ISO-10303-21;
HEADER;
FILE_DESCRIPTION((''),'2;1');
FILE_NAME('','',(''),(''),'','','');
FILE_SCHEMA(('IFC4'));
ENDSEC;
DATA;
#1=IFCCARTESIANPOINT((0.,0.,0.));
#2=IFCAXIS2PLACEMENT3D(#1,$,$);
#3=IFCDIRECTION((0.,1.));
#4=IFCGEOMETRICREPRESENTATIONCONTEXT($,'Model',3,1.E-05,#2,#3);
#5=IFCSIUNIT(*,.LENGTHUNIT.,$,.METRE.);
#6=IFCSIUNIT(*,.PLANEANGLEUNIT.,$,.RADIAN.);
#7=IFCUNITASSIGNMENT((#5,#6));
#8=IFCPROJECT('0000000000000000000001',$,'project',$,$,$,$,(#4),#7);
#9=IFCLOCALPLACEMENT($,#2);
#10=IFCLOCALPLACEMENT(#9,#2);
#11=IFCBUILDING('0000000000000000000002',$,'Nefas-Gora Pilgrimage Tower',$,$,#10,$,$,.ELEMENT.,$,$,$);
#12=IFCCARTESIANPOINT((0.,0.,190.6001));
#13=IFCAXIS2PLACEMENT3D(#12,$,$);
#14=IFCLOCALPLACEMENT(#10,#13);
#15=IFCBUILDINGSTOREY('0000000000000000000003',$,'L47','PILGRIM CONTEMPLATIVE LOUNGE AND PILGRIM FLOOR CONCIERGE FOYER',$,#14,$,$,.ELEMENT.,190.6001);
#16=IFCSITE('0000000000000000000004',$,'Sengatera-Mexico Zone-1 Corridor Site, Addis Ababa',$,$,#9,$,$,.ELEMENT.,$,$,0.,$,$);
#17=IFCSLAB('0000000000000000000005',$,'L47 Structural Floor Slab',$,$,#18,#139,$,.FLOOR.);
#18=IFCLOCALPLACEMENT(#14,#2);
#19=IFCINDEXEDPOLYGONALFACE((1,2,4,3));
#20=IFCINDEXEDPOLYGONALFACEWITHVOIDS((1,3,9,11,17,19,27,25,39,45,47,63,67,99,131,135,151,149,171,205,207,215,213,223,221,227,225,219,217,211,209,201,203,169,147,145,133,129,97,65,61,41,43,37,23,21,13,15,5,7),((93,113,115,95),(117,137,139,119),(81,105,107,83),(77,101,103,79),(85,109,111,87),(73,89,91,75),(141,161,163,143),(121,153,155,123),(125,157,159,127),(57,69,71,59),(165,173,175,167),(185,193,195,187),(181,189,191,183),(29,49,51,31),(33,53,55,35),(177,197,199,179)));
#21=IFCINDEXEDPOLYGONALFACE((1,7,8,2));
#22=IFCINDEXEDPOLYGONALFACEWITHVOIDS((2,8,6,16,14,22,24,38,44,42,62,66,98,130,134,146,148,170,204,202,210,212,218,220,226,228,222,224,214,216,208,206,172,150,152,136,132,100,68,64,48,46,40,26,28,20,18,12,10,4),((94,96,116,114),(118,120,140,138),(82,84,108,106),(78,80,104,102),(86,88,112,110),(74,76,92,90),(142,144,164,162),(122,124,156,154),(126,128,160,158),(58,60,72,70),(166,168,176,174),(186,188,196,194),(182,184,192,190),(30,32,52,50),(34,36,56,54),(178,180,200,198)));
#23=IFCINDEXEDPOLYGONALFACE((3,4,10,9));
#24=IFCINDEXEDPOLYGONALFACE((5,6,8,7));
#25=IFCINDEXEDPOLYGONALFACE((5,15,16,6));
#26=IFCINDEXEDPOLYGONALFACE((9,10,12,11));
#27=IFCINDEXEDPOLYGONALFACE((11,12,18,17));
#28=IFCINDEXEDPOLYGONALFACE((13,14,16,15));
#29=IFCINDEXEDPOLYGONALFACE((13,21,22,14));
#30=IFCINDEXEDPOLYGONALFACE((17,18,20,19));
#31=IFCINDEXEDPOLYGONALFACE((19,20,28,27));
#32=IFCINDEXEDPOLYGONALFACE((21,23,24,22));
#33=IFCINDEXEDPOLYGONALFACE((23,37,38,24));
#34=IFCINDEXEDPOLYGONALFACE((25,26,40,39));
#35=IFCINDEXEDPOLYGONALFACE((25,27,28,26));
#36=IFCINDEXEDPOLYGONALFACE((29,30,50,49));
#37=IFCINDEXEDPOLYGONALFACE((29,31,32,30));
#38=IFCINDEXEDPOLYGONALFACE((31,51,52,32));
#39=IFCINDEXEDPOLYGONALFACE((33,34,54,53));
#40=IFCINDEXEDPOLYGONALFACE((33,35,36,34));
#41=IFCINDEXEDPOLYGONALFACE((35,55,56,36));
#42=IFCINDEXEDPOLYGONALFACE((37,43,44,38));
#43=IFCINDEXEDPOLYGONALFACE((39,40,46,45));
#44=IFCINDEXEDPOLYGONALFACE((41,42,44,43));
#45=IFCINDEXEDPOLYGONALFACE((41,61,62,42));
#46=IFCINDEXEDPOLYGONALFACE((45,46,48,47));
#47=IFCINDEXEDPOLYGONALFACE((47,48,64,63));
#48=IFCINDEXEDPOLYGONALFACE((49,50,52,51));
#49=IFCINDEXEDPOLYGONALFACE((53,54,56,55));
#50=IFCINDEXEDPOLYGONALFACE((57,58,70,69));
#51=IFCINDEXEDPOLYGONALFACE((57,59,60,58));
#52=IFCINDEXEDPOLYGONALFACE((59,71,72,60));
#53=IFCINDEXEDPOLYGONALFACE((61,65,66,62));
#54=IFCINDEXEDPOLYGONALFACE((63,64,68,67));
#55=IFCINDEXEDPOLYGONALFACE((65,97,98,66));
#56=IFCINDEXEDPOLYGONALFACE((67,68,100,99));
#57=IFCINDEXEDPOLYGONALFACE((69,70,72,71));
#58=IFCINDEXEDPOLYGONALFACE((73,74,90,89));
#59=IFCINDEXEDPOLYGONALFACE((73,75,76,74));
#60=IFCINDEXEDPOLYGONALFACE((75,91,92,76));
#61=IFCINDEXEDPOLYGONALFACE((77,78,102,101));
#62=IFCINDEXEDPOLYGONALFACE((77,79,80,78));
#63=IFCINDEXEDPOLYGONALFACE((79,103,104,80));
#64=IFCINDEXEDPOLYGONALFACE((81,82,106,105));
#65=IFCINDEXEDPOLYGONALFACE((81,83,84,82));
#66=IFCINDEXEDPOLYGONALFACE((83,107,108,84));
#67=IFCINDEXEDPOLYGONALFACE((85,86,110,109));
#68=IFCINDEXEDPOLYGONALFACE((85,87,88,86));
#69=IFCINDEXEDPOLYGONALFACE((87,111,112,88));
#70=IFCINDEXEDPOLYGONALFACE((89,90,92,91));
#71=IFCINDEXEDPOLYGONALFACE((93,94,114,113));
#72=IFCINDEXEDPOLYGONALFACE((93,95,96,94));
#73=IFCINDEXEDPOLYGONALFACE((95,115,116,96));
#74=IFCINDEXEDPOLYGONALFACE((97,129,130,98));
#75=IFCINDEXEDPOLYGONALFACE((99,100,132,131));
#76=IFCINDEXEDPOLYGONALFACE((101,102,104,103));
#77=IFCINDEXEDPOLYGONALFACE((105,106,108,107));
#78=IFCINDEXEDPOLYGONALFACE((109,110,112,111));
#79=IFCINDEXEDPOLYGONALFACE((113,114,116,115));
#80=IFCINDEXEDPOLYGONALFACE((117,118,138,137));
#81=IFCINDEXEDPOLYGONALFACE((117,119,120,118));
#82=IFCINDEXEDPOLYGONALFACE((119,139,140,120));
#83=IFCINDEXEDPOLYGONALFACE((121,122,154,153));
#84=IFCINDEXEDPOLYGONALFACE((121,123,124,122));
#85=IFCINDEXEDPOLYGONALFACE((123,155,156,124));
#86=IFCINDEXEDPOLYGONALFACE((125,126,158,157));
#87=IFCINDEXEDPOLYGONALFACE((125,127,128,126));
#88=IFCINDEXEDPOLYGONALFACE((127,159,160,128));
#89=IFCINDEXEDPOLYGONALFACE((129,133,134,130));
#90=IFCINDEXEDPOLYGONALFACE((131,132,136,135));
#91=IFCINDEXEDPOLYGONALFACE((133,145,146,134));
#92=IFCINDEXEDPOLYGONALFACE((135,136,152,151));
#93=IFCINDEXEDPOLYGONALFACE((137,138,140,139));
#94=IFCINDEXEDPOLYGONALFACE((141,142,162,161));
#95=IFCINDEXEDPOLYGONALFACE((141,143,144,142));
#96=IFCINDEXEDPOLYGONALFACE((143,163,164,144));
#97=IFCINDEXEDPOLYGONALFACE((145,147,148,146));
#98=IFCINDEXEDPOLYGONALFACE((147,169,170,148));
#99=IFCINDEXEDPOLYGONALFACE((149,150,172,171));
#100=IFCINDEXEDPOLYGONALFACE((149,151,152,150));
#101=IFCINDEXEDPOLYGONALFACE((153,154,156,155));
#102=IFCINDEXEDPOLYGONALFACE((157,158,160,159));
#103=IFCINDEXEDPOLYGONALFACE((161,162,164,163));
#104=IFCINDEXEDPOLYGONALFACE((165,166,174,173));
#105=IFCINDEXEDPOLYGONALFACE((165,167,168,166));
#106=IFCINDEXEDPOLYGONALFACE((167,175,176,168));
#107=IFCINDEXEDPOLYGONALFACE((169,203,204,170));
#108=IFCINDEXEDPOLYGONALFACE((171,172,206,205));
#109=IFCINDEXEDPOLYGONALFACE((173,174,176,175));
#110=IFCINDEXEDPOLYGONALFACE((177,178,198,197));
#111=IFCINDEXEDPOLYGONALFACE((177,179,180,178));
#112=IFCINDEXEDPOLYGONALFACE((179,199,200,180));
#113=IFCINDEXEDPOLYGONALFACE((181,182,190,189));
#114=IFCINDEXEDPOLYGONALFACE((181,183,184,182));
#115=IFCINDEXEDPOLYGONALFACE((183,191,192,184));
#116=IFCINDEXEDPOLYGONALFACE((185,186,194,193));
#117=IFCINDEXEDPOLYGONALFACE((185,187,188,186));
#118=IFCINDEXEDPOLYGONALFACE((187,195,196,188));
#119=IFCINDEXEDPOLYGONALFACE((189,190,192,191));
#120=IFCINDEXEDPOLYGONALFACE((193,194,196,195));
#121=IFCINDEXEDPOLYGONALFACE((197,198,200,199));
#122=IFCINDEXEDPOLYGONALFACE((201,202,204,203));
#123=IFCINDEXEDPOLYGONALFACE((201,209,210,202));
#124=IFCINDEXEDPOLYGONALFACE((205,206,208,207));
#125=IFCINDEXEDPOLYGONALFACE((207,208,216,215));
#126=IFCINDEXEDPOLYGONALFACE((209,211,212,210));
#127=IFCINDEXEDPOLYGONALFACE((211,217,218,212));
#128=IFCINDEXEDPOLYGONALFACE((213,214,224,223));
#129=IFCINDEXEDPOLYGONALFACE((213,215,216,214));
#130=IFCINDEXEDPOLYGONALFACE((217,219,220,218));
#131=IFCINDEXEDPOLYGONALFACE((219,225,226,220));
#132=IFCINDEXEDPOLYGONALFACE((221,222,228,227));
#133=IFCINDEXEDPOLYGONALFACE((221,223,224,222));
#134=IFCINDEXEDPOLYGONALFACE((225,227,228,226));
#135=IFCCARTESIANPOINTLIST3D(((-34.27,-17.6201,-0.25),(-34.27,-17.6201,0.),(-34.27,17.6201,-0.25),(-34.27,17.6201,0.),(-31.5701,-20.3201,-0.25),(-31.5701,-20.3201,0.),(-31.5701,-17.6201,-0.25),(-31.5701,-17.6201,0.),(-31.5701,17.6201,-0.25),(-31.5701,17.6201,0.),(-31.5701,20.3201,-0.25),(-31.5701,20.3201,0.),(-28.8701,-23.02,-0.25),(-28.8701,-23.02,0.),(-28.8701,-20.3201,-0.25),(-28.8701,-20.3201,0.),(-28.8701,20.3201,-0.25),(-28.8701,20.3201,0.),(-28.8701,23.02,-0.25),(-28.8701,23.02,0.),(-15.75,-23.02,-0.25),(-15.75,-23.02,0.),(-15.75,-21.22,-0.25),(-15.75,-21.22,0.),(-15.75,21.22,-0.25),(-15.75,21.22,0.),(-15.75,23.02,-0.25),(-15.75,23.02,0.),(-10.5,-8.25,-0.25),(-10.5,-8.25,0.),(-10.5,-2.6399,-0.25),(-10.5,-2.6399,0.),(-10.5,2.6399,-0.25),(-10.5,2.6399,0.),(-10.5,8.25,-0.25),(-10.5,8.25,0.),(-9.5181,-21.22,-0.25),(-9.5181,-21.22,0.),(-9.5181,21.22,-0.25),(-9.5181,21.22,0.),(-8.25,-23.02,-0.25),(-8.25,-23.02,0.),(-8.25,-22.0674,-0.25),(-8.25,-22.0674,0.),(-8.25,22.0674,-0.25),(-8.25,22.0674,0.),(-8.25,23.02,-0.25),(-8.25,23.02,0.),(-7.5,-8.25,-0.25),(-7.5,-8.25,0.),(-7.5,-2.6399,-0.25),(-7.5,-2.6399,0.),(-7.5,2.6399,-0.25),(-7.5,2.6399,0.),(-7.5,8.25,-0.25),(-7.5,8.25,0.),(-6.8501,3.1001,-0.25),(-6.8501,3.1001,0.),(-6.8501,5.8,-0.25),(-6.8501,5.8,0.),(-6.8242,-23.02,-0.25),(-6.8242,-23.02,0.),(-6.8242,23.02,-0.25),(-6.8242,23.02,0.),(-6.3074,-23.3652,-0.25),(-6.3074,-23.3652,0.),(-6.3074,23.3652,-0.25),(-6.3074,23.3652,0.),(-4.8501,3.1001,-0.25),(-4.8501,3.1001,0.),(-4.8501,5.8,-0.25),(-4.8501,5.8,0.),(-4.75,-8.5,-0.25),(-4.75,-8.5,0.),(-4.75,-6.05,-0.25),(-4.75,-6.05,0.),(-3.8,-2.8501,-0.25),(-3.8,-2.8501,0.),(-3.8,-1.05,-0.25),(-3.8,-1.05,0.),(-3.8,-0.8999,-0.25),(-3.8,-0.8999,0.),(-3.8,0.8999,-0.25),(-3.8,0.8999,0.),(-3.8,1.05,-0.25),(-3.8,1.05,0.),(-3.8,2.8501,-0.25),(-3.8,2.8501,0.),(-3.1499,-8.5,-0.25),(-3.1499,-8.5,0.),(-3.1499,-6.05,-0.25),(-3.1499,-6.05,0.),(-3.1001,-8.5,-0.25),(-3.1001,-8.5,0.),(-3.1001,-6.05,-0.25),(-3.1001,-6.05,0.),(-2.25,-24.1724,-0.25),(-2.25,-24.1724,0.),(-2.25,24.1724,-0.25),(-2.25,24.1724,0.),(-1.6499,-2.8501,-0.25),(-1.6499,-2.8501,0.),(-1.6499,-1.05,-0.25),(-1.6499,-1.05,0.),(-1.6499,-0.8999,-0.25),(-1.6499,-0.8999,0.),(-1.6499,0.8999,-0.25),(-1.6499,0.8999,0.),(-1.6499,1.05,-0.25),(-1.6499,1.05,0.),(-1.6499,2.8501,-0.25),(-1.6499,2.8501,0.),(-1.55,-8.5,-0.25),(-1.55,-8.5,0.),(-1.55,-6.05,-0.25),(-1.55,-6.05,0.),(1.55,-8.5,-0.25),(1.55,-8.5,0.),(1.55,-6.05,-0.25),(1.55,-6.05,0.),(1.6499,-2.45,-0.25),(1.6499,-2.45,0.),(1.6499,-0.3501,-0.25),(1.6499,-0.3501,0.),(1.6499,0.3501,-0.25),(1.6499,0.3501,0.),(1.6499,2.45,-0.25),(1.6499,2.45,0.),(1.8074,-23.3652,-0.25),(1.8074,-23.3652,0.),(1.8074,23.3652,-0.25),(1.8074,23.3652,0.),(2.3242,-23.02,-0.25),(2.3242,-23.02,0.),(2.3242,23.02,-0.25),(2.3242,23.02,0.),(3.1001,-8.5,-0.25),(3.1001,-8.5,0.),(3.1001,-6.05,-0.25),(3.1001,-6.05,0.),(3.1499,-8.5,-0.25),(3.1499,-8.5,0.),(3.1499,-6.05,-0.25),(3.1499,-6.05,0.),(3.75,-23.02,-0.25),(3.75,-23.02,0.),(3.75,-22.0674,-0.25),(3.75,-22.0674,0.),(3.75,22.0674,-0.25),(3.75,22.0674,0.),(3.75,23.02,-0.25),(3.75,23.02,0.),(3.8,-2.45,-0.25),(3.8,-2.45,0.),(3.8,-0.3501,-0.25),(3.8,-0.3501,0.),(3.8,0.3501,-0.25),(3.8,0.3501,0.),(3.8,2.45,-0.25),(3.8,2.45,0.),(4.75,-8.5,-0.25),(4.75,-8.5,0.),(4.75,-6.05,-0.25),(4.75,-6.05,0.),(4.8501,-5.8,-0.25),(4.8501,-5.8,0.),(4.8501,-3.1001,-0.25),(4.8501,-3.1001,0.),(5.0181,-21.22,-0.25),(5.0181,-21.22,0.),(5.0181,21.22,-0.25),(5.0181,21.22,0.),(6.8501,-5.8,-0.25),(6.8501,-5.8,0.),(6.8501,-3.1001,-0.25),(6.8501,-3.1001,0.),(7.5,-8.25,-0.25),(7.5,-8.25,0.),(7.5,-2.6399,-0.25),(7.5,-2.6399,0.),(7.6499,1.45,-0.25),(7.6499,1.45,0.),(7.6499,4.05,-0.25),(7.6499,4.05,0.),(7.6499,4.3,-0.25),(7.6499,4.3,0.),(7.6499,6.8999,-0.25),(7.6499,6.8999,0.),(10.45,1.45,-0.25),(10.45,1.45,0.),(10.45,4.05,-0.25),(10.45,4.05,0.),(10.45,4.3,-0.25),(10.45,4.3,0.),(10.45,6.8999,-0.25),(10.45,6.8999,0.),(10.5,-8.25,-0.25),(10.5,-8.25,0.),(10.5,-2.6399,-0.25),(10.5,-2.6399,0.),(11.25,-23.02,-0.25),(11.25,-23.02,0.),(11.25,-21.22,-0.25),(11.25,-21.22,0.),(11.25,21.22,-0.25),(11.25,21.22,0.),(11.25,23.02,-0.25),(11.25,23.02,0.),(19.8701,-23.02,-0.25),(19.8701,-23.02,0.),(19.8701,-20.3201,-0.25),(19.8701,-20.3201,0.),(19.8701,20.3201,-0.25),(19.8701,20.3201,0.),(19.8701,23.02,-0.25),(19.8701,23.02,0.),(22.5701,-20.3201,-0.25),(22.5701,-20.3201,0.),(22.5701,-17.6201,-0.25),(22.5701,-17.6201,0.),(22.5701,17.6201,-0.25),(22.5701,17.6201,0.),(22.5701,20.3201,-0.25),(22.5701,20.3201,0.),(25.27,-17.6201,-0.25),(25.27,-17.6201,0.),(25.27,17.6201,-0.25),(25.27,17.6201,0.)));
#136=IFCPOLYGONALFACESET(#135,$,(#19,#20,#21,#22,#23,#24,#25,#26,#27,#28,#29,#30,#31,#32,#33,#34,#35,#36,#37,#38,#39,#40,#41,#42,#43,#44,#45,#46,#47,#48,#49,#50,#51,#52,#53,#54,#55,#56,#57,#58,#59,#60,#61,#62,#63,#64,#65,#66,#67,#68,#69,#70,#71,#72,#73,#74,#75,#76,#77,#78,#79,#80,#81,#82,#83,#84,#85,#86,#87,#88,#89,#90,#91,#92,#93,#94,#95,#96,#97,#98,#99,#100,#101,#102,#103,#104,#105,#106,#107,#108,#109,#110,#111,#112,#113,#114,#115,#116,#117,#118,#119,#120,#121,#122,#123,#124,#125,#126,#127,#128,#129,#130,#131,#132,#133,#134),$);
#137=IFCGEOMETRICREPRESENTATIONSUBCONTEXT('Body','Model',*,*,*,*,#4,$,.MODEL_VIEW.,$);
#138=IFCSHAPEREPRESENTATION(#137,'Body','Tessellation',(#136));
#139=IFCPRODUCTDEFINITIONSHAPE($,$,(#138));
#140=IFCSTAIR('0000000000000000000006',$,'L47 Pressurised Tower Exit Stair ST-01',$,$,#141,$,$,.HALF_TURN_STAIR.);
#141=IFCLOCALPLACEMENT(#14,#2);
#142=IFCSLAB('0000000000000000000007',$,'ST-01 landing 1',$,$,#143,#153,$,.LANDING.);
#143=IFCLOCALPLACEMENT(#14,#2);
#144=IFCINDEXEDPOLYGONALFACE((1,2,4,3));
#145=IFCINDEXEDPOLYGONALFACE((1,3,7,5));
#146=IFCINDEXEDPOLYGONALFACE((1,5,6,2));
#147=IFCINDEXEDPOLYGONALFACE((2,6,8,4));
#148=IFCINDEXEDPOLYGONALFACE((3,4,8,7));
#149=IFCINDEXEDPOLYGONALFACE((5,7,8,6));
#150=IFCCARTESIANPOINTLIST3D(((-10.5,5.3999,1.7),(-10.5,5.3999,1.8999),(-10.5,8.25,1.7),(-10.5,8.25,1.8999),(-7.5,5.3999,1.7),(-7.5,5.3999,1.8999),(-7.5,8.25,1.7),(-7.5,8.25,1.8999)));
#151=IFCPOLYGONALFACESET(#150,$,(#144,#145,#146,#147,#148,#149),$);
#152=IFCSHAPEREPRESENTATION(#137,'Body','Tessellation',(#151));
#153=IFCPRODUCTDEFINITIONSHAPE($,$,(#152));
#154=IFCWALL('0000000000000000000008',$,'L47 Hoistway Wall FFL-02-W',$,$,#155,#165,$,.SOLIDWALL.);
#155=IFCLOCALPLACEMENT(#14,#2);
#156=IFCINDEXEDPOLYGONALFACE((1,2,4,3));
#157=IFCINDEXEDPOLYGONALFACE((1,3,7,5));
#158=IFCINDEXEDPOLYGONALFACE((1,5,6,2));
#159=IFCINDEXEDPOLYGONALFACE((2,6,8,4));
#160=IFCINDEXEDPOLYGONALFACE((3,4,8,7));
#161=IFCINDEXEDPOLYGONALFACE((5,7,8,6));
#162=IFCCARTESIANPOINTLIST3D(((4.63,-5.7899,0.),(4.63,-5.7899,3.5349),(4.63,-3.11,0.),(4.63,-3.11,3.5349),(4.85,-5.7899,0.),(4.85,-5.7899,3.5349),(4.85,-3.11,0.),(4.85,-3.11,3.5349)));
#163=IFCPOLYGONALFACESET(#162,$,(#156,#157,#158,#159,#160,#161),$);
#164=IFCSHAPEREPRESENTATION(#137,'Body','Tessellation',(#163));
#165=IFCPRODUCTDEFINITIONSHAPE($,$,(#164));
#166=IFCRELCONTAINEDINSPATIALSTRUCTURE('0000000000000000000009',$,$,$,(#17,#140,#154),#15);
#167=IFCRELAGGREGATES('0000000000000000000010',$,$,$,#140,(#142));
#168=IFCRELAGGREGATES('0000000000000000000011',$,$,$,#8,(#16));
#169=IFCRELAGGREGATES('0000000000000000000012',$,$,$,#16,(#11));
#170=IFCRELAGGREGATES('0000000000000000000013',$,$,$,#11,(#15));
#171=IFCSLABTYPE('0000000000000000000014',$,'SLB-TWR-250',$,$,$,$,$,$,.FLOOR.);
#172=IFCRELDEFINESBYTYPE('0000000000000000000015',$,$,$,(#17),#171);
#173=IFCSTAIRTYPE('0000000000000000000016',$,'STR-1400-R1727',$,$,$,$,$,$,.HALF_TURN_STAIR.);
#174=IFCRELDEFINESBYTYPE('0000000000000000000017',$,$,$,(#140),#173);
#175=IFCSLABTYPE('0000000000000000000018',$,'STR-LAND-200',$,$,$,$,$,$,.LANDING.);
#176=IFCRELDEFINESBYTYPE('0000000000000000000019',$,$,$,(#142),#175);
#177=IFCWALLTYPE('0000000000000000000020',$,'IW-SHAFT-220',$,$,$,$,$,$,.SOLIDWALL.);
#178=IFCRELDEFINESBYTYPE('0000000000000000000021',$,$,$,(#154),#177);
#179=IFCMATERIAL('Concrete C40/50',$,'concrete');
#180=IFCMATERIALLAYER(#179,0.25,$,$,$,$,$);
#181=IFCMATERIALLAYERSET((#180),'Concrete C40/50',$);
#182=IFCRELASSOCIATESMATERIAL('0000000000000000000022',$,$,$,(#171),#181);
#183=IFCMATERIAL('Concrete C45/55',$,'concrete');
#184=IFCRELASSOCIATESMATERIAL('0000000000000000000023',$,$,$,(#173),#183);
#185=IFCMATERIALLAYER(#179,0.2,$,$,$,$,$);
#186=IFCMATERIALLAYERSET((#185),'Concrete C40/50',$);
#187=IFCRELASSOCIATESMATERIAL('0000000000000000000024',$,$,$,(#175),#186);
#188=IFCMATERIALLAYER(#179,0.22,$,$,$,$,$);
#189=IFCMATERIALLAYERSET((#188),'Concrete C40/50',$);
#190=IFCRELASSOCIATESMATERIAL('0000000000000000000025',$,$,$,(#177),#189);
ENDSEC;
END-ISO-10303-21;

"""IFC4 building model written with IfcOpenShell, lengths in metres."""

from ifc_helpers import new_model, si_unit, direction, frame, frame_2d, origin, place, context, subcontext, project, spatial, polyline, rectangle, outline, extrude, source, transform, mapped, material, layer, layer_set, type_object, element, aggregate, save


model = new_model("IFC4")

# Units and contexts
model_context = context("Model", 3, precision=1e-05, world=origin(), true_north=direction((0.0, 1.0)))
body_context = subcontext(model_context, "Body", "Model", "MODEL_VIEW")
ifc_project = project(units=[si_unit("LENGTHUNIT", "METRE"), si_unit("PLANEANGLEUNIT", "RADIAN")], contexts=[model_context])

# Site, building, storey
site_placement = place(None, origin())
site = spatial("IfcSite", under=ifc_project, at=site_placement, Name="Sengatera-Mexico Zone-1 Corridor Site, Addis Ababa", CompositionType="ELEMENT", RefElevation=0.0)
building_placement = place(site_placement, origin())
building = spatial("IfcBuilding", under=site, at=building_placement, Name="Nefas-Gora Pilgrimage Tower", CompositionType="ELEMENT")
storey_placement = place(building_placement, frame((0.0, 0.0, 190.6001)))
storey = spatial("IfcBuildingStorey", under=building, at=storey_placement, Name="L47", Description="PILGRIM CONTEMPLATIVE LOUNGE AND PILGRIM FLOOR CONCIERGE FOYER", CompositionType="ELEMENT", Elevation=190.6001)

# Slab
ifc_material_1 = material(Name="Concrete C40/50", Category="concrete")
ifc_layer_1 = layer(ifc_material_1, 0.25)
ifc_layer_set_1 = layer_set([ifc_layer_1], Name="Concrete C40/50")
slab_type_1 = type_object("IfcSlabType", Name="SLB-TWR-250", PredefinedType="FLOOR", material=ifc_layer_set_1)
slab_1_placement = place(storey_placement, frame((0.0, 0.0, -0.25)))
element("IfcSlab", 1, at=slab_1_placement, inside=storey, type_object=slab_type_1, Name="L47 Structural Floor Slab", PredefinedType="FLOOR", context=body_context, shape_type="SweptSolid", body=[
    extrude(outline(polyline([(5.0181, -21.22), (11.25, -21.22), (11.25, -23.02), (19.8701, -23.02), (19.8701, -20.3201), (22.5701, -20.3201), (22.5701, -17.6201), (25.27, -17.6201), (25.27, 17.6201), (22.5701, 17.6201), (22.5701, 20.3201), (19.8701, 20.3201), (19.8701, 23.02), (11.25, 23.02), (11.25, 21.22), (5.0181, 21.22), (3.75, 22.0674), (3.75, 23.02), (2.3242, 23.02), (1.8074, 23.3652), (-2.25, 24.1724), (-6.3074, 23.3652), (-6.8242, 23.02), (-8.25, 23.02), (-8.25, 22.0674), (-9.5181, 21.22), (-15.75, 21.22), (-15.75, 23.02), (-28.8701, 23.02), (-28.8701, 20.3201), (-31.5701, 20.3201), (-31.5701, 17.6201), (-34.27, 17.6201), (-34.27, -17.6201), (-31.5701, -17.6201), (-31.5701, -20.3201), (-28.8701, -20.3201), (-28.8701, -23.02), (-15.75, -23.02), (-15.75, -21.22), (-9.5181, -21.22), (-8.25, -22.0674), (-8.25, -23.02), (-6.8242, -23.02), (-6.3074, -23.3652), (-2.25, -24.1724), (1.8074, -23.3652), (2.3242, -23.02), (3.75, -23.02), (3.75, -22.0674), (5.0181, -21.22)]), holes=[polyline([(-10.5, 2.6399), (-10.5, 8.25), (-7.5, 8.25), (-7.5, 2.6399), (-10.5, 2.6399)]), polyline([(10.5, -2.6399), (10.5, -8.25), (7.5, -8.25), (7.5, -2.6399), (10.5, -2.6399)]), polyline([(-7.5, -2.6399), (-7.5, -8.25), (-10.5, -8.25), (-10.5, -2.6399), (-7.5, -2.6399)]), polyline([(-6.8501, 5.8), (-4.8501, 5.8), (-4.8501, 3.1001), (-6.8501, 3.1001), (-6.8501, 5.8)]), polyline([(4.8501, -3.1001), (6.8501, -3.1001), (6.8501, -5.8), (4.8501, -5.8), (4.8501, -3.1001)]), polyline([(7.6499, 4.05), (10.45, 4.05), (10.45, 1.45), (7.6499, 1.45), (7.6499, 4.05)]), polyline([(7.6499, 6.8999), (10.45, 6.8999), (10.45, 4.3), (7.6499, 4.3), (7.6499, 6.8999)]), polyline([(-4.75, -6.05), (-3.1499, -6.05), (-3.1499, -8.5), (-4.75, -8.5), (-4.75, -6.05)]), polyline([(-3.1001, -6.05), (-1.55, -6.05), (-1.55, -8.5), (-3.1001, -8.5), (-3.1001, -6.05)]), polyline([(1.55, -6.05), (3.1001, -6.05), (3.1001, -8.5), (1.55, -8.5), (1.55, -6.05)]), polyline([(3.1499, -6.05), (4.75, -6.05), (4.75, -8.5), (3.1499, -8.5), (3.1499, -6.05)]), polyline([(-3.8, -1.05), (-1.6499, -1.05), (-1.6499, -2.8501), (-3.8, -2.8501), (-3.8, -1.05)]), polyline([(-3.8, 0.8999), (-1.6499, 0.8999), (-1.6499, -0.8999), (-3.8, -0.8999), (-3.8, 0.8999)]), polyline([(-3.8, 2.8501), (-1.6499, 2.8501), (-1.6499, 1.05), (-3.8, 1.05), (-3.8, 2.8501)]), polyline([(1.6499, -0.3501), (3.8, -0.3501), (3.8, -2.45), (1.6499, -2.45), (1.6499, -0.3501)]), polyline([(1.6499, 2.45), (3.8, 2.45), (3.8, 0.3501), (1.6499, 0.3501), (1.6499, 2.45)])]), origin(), (0.0, 0.0, 1.0), 0.25),
])

# Stair, slab
ifc_material_2 = material(Name="Concrete C45/55", Category="concrete")
stair_type = type_object("IfcStairType", Name="STR-1400-R1727", PredefinedType="HALF_TURN_STAIR", material=ifc_material_2)
stair_placement = place(storey_placement, origin())
stair = element("IfcStair", 2, at=stair_placement, inside=storey, type_object=stair_type, Name="L47 Pressurised Tower Exit Stair ST-01", PredefinedType="HALF_TURN_STAIR")
ifc_layer_2 = layer(ifc_material_1, 0.2)
ifc_layer_set_2 = layer_set([ifc_layer_2], Name="Concrete C40/50")
slab_type_2 = type_object("IfcSlabType", Name="STR-LAND-200", PredefinedType="LANDING", material=ifc_layer_set_2)
slab_2_placement = place(storey_placement, frame((0.0, 0.0, 1.7)))
slab_2 = element("IfcSlab", 3, at=slab_2_placement, type_object=slab_type_2, Name="ST-01 landing 1", PredefinedType="LANDING", context=body_context, shape_type="SweptSolid", body=[
    extrude(outline(polyline([(-7.5, 5.3999), (-7.5, 8.25), (-10.5, 8.25), (-10.5, 5.3999), (-7.5, 5.3999)])), origin(), (0.0, 0.0, 1.0), 0.2),
])
aggregate(stair, [slab_2])

# Wall
ifc_layer_3 = layer(ifc_material_1, 0.22)
ifc_layer_set_3 = layer_set([ifc_layer_3], Name="Concrete C40/50")
wall_type_1 = type_object("IfcWallType", Name="IW-SHAFT-220", PredefinedType="SOLIDWALL", material=ifc_layer_set_3)
shared_shape_1 = source(origin(), body_context, "Body", "SweptSolid", [
    extrude(rectangle(XDim=2.6799, YDim=0.22, at=frame_2d((1.3398, 0.0))), origin(), (0.0, 0.0, 1.0), 3.5349),
])
wall_1_placement = place(storey_placement, frame((4.74, -3.1101, 0.0), z_axis=(0.0, 0.0, 1.0), x_axis=(0.0, -1.0, 0.0)))
element("IfcWall", 4, at=wall_1_placement, inside=storey, type_object=wall_type_1, Name="L47 Hoistway Wall FFL-02-W", PredefinedType="SOLIDWALL", context=body_context, shape_type="MappedRepresentation", body=[
    mapped(shared_shape_1, transform((0.0, 0.0, 0.0), x_axis=(1.0, 0.0, 0.0), y_axis=(0.0, 1.0, 0.0), z_axis=(0.0, 0.0, 1.0), scale=1.0)),
])

save(model, "model.ifc")
